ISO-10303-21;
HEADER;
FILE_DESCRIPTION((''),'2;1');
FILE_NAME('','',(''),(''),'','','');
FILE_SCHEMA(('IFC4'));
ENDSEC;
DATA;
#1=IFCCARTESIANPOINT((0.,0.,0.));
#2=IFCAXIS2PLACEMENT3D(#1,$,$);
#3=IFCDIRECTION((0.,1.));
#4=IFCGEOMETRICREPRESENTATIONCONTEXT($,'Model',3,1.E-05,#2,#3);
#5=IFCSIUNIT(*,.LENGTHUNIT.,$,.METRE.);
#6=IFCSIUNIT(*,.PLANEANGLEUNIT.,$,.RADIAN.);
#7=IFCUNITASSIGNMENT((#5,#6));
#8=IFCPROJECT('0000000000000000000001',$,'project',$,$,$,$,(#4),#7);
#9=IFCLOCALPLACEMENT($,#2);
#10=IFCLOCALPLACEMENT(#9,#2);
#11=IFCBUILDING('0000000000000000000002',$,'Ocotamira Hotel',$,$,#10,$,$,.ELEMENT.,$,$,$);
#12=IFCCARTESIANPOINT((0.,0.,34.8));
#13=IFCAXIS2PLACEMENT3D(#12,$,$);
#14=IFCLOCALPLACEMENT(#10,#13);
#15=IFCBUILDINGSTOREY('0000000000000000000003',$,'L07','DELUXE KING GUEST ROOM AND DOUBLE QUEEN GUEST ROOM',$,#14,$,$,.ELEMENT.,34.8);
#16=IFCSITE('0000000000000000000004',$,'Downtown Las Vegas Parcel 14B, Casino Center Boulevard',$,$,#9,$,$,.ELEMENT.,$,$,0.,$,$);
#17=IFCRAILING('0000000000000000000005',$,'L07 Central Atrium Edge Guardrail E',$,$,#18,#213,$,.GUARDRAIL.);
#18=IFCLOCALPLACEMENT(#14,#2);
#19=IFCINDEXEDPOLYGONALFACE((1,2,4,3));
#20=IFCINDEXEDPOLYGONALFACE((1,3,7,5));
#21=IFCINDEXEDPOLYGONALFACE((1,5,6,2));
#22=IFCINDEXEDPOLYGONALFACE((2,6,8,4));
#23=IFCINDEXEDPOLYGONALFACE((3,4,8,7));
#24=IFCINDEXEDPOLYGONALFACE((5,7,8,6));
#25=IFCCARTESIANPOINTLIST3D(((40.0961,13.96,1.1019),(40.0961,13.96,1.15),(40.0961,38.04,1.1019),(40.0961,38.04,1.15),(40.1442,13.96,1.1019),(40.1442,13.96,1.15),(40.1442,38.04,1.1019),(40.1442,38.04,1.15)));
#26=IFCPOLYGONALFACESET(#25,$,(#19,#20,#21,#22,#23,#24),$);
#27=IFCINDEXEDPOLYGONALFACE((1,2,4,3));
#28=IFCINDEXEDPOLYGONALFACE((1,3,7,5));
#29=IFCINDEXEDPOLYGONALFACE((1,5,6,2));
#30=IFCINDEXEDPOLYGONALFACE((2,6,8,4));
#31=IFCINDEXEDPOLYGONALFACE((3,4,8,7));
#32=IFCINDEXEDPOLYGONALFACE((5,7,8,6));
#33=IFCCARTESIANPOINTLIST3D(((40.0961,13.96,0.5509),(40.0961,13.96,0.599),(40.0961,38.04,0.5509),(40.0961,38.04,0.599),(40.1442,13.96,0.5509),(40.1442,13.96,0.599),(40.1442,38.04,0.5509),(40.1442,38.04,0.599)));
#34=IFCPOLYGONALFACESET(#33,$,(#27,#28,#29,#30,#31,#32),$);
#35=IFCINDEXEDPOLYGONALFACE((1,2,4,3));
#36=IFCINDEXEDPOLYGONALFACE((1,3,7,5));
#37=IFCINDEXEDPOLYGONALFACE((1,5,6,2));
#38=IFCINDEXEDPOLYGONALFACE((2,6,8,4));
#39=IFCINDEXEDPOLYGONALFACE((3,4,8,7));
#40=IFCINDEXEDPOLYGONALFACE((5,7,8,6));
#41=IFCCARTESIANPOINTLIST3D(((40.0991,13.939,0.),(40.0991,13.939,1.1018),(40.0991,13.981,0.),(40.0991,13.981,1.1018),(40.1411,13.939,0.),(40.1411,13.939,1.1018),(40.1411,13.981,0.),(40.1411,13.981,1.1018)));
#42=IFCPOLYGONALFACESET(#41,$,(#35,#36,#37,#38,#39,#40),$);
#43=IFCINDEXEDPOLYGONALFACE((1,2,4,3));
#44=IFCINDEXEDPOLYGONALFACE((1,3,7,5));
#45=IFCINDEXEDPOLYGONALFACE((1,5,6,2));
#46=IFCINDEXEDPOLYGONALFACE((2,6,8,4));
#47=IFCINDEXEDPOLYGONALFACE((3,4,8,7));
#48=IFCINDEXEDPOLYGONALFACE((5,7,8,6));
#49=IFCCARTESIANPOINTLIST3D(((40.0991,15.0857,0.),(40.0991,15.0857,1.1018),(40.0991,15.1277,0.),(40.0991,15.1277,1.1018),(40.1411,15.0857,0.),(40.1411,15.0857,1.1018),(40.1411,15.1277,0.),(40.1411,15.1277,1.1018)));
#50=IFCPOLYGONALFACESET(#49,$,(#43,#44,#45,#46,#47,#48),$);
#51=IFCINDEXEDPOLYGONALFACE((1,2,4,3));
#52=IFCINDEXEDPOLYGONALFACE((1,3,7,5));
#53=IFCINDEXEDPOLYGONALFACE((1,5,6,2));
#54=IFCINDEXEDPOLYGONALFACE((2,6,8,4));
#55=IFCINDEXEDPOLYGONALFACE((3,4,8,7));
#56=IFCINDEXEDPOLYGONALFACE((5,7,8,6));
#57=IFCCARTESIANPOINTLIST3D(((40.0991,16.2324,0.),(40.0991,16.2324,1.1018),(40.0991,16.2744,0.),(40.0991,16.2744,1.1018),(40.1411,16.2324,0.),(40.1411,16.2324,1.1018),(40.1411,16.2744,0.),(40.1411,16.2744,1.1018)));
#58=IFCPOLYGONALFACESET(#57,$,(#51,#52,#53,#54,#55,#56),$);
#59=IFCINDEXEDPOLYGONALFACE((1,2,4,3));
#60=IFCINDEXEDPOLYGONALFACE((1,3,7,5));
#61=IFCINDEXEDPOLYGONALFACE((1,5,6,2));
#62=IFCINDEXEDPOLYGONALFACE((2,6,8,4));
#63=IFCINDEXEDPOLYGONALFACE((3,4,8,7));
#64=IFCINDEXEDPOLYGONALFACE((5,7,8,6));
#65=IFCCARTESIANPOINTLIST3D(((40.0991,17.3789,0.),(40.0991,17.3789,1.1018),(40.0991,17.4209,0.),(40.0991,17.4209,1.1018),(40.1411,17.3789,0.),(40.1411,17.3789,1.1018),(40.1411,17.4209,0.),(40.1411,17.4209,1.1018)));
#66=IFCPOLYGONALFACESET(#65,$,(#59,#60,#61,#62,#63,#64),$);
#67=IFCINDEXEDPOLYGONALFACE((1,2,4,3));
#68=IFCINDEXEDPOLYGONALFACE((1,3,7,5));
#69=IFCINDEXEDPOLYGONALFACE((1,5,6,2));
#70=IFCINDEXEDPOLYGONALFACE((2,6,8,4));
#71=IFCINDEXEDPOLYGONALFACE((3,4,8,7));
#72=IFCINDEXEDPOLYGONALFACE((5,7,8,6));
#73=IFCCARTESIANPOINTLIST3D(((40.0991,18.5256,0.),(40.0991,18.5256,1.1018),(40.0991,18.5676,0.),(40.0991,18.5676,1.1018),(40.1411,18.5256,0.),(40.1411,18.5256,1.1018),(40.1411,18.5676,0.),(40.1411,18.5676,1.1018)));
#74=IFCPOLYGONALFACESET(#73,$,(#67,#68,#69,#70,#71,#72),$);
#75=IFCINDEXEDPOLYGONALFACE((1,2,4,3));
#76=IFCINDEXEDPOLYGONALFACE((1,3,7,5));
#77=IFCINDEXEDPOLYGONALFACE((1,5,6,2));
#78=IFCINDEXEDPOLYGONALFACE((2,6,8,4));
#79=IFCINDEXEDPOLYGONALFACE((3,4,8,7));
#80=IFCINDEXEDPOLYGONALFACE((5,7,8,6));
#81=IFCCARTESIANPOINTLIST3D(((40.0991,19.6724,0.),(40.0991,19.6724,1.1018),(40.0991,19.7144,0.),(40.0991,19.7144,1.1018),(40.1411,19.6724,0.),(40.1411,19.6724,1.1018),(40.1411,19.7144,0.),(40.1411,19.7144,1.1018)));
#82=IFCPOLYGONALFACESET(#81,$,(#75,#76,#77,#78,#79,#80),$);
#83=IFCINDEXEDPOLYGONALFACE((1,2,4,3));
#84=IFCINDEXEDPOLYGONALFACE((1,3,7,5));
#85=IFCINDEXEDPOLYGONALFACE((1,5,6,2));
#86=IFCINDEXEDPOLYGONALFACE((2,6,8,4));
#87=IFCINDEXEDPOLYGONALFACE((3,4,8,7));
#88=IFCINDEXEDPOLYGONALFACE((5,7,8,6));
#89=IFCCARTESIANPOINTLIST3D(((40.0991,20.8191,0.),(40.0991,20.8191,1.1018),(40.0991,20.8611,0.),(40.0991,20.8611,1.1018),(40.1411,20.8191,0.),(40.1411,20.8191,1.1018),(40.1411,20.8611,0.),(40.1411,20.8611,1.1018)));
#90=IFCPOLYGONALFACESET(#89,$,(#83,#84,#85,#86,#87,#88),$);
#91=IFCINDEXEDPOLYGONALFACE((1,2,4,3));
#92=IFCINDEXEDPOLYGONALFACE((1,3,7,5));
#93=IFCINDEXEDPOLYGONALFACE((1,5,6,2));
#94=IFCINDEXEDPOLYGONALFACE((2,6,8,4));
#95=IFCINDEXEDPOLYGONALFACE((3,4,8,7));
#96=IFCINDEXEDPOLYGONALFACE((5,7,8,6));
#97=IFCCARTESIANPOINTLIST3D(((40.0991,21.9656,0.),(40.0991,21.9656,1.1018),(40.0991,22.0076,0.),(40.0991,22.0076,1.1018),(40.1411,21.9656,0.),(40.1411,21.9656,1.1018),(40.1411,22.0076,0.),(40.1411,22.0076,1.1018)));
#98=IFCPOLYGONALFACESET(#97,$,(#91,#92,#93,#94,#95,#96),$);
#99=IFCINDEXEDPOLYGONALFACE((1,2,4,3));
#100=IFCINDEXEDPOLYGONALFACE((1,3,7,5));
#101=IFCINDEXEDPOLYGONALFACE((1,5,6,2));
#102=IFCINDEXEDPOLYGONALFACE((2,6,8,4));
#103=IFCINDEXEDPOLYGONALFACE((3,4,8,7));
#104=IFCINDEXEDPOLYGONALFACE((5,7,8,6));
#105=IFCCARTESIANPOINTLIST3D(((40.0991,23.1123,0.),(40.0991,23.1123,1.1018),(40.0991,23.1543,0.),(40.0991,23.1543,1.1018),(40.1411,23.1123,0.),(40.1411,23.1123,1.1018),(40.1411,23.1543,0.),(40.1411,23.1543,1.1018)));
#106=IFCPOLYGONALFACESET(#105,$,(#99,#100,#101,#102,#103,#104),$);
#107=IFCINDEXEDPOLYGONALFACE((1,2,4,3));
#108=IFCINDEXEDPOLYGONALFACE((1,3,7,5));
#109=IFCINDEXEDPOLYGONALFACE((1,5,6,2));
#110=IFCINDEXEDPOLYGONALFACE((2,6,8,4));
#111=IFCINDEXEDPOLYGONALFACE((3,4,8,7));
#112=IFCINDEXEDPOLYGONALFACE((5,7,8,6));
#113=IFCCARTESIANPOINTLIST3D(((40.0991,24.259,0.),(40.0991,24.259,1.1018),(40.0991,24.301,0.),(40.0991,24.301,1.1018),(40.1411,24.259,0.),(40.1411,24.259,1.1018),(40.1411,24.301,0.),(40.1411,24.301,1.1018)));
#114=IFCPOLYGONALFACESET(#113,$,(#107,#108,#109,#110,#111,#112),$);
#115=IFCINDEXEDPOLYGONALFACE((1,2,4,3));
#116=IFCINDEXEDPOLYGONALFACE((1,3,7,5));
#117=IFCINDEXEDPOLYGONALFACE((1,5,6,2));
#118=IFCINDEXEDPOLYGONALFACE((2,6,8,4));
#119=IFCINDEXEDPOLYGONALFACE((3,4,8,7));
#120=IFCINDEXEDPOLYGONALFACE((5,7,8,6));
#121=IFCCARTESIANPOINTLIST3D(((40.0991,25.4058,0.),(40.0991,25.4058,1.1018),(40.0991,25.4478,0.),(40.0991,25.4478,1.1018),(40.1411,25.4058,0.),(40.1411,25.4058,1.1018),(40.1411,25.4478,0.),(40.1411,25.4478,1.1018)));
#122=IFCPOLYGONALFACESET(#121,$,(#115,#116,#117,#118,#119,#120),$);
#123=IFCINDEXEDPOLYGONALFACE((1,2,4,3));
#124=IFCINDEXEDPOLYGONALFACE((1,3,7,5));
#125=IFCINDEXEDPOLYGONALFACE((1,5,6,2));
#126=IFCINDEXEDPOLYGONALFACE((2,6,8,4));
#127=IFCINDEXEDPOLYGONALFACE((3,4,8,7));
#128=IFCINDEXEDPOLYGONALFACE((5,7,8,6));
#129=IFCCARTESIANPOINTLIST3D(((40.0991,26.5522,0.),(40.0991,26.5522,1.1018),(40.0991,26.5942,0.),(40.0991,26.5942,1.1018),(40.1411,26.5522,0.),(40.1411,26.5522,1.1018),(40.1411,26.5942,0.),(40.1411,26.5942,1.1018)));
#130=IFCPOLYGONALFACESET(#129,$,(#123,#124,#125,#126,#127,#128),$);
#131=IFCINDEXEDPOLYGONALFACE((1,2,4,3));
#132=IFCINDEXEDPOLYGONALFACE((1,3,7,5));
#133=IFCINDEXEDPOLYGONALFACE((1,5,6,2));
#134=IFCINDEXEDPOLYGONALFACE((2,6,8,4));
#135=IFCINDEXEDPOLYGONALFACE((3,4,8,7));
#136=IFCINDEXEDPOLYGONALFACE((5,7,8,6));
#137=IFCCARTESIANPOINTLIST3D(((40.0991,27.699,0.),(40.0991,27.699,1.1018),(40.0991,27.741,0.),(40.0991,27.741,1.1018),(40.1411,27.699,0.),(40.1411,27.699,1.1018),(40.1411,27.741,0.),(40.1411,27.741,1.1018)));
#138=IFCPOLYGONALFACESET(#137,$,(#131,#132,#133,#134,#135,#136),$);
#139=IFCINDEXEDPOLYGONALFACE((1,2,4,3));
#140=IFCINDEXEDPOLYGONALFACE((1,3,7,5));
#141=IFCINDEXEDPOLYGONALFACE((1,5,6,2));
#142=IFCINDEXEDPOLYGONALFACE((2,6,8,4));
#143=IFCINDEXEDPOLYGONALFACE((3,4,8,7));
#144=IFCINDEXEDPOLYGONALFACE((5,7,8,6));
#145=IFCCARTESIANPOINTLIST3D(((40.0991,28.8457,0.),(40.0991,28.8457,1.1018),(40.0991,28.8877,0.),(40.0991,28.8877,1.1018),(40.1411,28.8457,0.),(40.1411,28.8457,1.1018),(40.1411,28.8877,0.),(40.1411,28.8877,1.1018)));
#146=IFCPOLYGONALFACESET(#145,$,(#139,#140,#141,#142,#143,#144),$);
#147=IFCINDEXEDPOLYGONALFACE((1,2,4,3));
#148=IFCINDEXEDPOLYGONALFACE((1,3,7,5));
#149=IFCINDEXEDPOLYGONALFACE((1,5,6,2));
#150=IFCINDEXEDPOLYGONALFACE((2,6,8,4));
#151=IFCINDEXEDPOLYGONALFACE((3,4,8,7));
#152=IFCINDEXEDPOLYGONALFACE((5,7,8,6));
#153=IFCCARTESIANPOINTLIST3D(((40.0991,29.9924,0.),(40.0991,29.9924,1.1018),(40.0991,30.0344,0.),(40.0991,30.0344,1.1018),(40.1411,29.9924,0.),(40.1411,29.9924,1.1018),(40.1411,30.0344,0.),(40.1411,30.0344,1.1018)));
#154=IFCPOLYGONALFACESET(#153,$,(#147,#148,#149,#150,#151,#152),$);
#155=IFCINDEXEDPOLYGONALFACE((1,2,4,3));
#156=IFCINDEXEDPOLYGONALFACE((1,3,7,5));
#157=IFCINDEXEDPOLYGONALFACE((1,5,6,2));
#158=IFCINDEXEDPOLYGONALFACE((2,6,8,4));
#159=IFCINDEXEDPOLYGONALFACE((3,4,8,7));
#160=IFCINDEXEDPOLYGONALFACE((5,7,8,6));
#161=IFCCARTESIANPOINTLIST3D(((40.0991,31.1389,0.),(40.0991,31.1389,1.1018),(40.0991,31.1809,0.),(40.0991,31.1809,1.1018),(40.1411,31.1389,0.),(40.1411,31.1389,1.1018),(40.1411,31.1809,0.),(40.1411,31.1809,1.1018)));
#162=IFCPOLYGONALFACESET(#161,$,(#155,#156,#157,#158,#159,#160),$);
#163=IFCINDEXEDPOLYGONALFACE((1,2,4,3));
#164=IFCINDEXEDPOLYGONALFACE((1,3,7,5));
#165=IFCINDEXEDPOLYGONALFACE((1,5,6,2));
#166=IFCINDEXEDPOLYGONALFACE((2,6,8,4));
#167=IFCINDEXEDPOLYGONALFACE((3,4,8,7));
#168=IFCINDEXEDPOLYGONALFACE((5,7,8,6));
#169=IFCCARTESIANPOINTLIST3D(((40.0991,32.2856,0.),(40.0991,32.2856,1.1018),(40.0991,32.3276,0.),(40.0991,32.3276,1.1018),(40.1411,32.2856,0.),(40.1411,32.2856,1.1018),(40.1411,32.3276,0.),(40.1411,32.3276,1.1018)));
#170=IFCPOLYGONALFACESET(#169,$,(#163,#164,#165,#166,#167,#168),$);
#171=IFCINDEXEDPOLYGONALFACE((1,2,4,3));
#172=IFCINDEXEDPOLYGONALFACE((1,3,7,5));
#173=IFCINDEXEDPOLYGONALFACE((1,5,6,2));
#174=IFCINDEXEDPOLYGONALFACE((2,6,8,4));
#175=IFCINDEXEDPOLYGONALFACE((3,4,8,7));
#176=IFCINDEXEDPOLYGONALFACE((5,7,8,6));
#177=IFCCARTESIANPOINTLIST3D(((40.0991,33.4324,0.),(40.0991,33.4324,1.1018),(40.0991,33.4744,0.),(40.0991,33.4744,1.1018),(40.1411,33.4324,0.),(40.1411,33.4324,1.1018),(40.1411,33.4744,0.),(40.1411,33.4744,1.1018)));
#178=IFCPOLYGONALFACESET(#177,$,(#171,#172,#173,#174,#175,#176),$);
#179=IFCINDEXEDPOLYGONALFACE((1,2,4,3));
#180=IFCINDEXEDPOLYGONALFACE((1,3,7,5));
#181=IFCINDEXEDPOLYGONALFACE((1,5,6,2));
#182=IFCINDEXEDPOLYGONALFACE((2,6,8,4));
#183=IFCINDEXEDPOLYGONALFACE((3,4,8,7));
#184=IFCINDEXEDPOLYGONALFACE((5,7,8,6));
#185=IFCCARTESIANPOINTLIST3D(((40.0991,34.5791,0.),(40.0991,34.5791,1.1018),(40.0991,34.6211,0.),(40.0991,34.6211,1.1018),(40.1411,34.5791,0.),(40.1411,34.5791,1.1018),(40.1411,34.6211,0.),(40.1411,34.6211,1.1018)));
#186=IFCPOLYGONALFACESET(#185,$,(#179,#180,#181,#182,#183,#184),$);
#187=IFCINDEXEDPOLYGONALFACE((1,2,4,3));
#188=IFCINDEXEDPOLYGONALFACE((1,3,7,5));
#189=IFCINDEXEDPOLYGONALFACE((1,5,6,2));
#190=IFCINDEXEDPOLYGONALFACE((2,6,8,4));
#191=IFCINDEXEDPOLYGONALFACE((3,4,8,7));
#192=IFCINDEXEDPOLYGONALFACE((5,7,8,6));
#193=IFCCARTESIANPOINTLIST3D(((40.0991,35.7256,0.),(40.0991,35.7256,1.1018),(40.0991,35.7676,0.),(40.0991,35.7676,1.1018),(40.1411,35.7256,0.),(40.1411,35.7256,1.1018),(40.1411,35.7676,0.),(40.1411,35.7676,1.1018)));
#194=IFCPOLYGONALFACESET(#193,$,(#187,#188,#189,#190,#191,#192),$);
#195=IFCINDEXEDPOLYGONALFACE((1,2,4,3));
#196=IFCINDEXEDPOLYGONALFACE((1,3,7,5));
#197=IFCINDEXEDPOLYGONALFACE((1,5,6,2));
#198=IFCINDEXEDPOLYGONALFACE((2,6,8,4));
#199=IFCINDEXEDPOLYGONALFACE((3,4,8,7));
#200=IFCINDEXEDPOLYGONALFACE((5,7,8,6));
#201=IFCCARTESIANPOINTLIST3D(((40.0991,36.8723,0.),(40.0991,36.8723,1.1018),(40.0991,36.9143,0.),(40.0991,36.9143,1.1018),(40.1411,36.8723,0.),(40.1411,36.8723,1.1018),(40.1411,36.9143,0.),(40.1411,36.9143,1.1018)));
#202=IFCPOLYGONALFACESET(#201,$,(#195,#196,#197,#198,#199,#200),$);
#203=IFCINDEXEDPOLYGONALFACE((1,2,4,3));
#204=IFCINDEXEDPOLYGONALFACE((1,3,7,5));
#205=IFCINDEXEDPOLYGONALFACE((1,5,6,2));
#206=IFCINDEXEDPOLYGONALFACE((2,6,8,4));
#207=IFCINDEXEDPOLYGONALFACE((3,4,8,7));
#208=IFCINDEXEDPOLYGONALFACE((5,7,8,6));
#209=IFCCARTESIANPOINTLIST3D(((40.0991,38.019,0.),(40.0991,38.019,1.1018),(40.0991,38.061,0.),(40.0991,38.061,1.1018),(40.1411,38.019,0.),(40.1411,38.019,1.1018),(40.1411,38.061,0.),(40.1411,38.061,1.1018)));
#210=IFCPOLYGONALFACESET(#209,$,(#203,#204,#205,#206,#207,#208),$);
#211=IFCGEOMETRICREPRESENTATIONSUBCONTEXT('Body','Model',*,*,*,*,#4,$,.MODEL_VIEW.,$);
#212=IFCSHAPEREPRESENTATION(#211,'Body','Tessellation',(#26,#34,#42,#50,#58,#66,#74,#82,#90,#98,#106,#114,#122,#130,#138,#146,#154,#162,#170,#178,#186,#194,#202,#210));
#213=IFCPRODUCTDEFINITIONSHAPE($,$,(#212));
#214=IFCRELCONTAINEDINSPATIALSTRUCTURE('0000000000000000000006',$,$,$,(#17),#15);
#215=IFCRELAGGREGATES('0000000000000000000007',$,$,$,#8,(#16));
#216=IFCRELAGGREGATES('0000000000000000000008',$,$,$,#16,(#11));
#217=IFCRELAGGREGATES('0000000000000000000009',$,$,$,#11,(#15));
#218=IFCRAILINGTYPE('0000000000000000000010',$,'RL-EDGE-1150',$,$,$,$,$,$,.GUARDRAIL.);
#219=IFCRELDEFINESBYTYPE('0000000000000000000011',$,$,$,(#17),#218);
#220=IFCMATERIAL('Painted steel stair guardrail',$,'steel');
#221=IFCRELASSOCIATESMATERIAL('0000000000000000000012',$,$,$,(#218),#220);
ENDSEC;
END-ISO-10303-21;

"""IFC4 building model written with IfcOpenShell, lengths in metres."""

from ifc_helpers import new_model, si_unit, direction, frame, origin, origin_2d, place, context, subcontext, project, spatial, rectangle, extrude, material, type_object, element, save


model = new_model("IFC4")

# Units and contexts
model_context = context("Model", 3, precision=1e-05, world=origin(), true_north=direction((0.0, 1.0)))
body_context = subcontext(model_context, "Body", "Model", "MODEL_VIEW")
ifc_project = project(units=[si_unit("LENGTHUNIT", "METRE"), si_unit("PLANEANGLEUNIT", "RADIAN")], contexts=[model_context])

# Site, building, storey
site_placement = place(None, origin())
site = spatial("IfcSite", under=ifc_project, at=site_placement, Name="Downtown Las Vegas Parcel 14B, Casino Center Boulevard", CompositionType="ELEMENT", RefElevation=0.0)
building_placement = place(site_placement, origin())
building = spatial("IfcBuilding", under=site, at=building_placement, Name="Ocotamira Hotel", CompositionType="ELEMENT")
storey_placement = place(building_placement, frame((0.0, 0.0, 34.8)))
storey = spatial("IfcBuildingStorey", under=building, at=storey_placement, Name="L07", Description="DELUXE KING GUEST ROOM AND DOUBLE QUEEN GUEST ROOM", CompositionType="ELEMENT", Elevation=34.8)

# Railing
ifc_material_1 = material(Name="Painted steel stair guardrail", Category="steel")
railing_type = type_object("IfcRailingType", Name="RL-EDGE-1150", PredefinedType="GUARDRAIL", material=ifc_material_1)
railing_placement = place(storey_placement, frame((40.1201, 13.96, 0.0)))
element("IfcRailing", 1, at=railing_placement, inside=storey, type_object=railing_type, Name="L07 Central Atrium Edge Guardrail E", PredefinedType="GUARDRAIL", context=body_context, shape_type="SweptSolid", body=[
    extrude(rectangle(XDim=0.0481, YDim=0.0481, at=origin_2d()), frame((0.0, 0.0, 1.126), z_axis=(0.0, 1.0, 0.0), x_axis=(-1.0, 0.0, 0.0)), (0.0, 0.0, 1.0), 24.0801),
    extrude(rectangle(XDim=0.0481, YDim=0.0481, at=origin_2d()), frame((0.0, 0.0, 0.575), z_axis=(0.0, 1.0, 0.0), x_axis=(-1.0, 0.0, 0.0)), (0.0, 0.0, 1.0), 24.0801),
    extrude(rectangle(XDim=0.042, YDim=0.042, at=origin_2d()), origin(), (0.0, 0.0, 1.0), 1.1018),
    extrude(rectangle(XDim=0.042, YDim=0.042, at=origin_2d()), frame((0.0, 1.1467, 0.0)), (0.0, 0.0, 1.0), 1.1018),
    extrude(rectangle(XDim=0.042, YDim=0.042, at=origin_2d()), frame((0.0, 2.2935, 0.0)), (0.0, 0.0, 1.0), 1.1018),
    extrude(rectangle(XDim=0.042, YDim=0.042, at=origin_2d()), frame((0.0, 3.4399, 0.0)), (0.0, 0.0, 1.0), 1.1018),
    extrude(rectangle(XDim=0.042, YDim=0.042, at=origin_2d()), frame((0.0, 4.5867, 0.0)), (0.0, 0.0, 1.0), 1.1018),
    extrude(rectangle(XDim=0.042, YDim=0.042, at=origin_2d()), frame((0.0, 5.7334, 0.0)), (0.0, 0.0, 1.0), 1.1018),
    extrude(rectangle(XDim=0.042, YDim=0.042, at=origin_2d()), frame((0.0, 6.8801, 0.0)), (0.0, 0.0, 1.0), 1.1018),
    extrude(rectangle(XDim=0.042, YDim=0.042, at=origin_2d()), frame((0.0, 8.0266, 0.0)), (0.0, 0.0, 1.0), 1.1018),
    extrude(rectangle(XDim=0.042, YDim=0.042, at=origin_2d()), frame((0.0, 9.1733, 0.0)), (0.0, 0.0, 1.0), 1.1018),
    extrude(rectangle(XDim=0.042, YDim=0.042, at=origin_2d()), frame((0.0, 10.3201, 0.0)), (0.0, 0.0, 1.0), 1.1018),
    extrude(rectangle(XDim=0.042, YDim=0.042, at=origin_2d()), frame((0.0, 11.4668, 0.0)), (0.0, 0.0, 1.0), 1.1018),
    extrude(rectangle(XDim=0.042, YDim=0.042, at=origin_2d()), frame((0.0, 12.6133, 0.0)), (0.0, 0.0, 1.0), 1.1018),
    extrude(rectangle(XDim=0.042, YDim=0.042, at=origin_2d()), frame((0.0, 13.76, 0.0)), (0.0, 0.0, 1.0), 1.1018),
    extrude(rectangle(XDim=0.042, YDim=0.042, at=origin_2d()), frame((0.0, 14.9067, 0.0)), (0.0, 0.0, 1.0), 1.1018),
    extrude(rectangle(XDim=0.042, YDim=0.042, at=origin_2d()), frame((0.0, 16.0535, 0.0)), (0.0, 0.0, 1.0), 1.1018),
    extrude(rectangle(XDim=0.042, YDim=0.042, at=origin_2d()), frame((0.0, 17.2, 0.0)), (0.0, 0.0, 1.0), 1.1018),
    extrude(rectangle(XDim=0.042, YDim=0.042, at=origin_2d()), frame((0.0, 18.3467, 0.0)), (0.0, 0.0, 1.0), 1.1018),
    extrude(rectangle(XDim=0.042, YDim=0.042, at=origin_2d()), frame((0.0, 19.4934, 0.0)), (0.0, 0.0, 1.0), 1.1018),
    extrude(rectangle(XDim=0.042, YDim=0.042, at=origin_2d()), frame((0.0, 20.6401, 0.0)), (0.0, 0.0, 1.0), 1.1018),
    extrude(rectangle(XDim=0.042, YDim=0.042, at=origin_2d()), frame((0.0, 21.7866, 0.0)), (0.0, 0.0, 1.0), 1.1018),
    extrude(rectangle(XDim=0.042, YDim=0.042, at=origin_2d()), frame((0.0, 22.9333, 0.0)), (0.0, 0.0, 1.0), 1.1018),
    extrude(rectangle(XDim=0.042, YDim=0.042, at=origin_2d()), frame((0.0, 24.0801, 0.0)), (0.0, 0.0, 1.0), 1.1018),
])

save(model, "model.ifc")
